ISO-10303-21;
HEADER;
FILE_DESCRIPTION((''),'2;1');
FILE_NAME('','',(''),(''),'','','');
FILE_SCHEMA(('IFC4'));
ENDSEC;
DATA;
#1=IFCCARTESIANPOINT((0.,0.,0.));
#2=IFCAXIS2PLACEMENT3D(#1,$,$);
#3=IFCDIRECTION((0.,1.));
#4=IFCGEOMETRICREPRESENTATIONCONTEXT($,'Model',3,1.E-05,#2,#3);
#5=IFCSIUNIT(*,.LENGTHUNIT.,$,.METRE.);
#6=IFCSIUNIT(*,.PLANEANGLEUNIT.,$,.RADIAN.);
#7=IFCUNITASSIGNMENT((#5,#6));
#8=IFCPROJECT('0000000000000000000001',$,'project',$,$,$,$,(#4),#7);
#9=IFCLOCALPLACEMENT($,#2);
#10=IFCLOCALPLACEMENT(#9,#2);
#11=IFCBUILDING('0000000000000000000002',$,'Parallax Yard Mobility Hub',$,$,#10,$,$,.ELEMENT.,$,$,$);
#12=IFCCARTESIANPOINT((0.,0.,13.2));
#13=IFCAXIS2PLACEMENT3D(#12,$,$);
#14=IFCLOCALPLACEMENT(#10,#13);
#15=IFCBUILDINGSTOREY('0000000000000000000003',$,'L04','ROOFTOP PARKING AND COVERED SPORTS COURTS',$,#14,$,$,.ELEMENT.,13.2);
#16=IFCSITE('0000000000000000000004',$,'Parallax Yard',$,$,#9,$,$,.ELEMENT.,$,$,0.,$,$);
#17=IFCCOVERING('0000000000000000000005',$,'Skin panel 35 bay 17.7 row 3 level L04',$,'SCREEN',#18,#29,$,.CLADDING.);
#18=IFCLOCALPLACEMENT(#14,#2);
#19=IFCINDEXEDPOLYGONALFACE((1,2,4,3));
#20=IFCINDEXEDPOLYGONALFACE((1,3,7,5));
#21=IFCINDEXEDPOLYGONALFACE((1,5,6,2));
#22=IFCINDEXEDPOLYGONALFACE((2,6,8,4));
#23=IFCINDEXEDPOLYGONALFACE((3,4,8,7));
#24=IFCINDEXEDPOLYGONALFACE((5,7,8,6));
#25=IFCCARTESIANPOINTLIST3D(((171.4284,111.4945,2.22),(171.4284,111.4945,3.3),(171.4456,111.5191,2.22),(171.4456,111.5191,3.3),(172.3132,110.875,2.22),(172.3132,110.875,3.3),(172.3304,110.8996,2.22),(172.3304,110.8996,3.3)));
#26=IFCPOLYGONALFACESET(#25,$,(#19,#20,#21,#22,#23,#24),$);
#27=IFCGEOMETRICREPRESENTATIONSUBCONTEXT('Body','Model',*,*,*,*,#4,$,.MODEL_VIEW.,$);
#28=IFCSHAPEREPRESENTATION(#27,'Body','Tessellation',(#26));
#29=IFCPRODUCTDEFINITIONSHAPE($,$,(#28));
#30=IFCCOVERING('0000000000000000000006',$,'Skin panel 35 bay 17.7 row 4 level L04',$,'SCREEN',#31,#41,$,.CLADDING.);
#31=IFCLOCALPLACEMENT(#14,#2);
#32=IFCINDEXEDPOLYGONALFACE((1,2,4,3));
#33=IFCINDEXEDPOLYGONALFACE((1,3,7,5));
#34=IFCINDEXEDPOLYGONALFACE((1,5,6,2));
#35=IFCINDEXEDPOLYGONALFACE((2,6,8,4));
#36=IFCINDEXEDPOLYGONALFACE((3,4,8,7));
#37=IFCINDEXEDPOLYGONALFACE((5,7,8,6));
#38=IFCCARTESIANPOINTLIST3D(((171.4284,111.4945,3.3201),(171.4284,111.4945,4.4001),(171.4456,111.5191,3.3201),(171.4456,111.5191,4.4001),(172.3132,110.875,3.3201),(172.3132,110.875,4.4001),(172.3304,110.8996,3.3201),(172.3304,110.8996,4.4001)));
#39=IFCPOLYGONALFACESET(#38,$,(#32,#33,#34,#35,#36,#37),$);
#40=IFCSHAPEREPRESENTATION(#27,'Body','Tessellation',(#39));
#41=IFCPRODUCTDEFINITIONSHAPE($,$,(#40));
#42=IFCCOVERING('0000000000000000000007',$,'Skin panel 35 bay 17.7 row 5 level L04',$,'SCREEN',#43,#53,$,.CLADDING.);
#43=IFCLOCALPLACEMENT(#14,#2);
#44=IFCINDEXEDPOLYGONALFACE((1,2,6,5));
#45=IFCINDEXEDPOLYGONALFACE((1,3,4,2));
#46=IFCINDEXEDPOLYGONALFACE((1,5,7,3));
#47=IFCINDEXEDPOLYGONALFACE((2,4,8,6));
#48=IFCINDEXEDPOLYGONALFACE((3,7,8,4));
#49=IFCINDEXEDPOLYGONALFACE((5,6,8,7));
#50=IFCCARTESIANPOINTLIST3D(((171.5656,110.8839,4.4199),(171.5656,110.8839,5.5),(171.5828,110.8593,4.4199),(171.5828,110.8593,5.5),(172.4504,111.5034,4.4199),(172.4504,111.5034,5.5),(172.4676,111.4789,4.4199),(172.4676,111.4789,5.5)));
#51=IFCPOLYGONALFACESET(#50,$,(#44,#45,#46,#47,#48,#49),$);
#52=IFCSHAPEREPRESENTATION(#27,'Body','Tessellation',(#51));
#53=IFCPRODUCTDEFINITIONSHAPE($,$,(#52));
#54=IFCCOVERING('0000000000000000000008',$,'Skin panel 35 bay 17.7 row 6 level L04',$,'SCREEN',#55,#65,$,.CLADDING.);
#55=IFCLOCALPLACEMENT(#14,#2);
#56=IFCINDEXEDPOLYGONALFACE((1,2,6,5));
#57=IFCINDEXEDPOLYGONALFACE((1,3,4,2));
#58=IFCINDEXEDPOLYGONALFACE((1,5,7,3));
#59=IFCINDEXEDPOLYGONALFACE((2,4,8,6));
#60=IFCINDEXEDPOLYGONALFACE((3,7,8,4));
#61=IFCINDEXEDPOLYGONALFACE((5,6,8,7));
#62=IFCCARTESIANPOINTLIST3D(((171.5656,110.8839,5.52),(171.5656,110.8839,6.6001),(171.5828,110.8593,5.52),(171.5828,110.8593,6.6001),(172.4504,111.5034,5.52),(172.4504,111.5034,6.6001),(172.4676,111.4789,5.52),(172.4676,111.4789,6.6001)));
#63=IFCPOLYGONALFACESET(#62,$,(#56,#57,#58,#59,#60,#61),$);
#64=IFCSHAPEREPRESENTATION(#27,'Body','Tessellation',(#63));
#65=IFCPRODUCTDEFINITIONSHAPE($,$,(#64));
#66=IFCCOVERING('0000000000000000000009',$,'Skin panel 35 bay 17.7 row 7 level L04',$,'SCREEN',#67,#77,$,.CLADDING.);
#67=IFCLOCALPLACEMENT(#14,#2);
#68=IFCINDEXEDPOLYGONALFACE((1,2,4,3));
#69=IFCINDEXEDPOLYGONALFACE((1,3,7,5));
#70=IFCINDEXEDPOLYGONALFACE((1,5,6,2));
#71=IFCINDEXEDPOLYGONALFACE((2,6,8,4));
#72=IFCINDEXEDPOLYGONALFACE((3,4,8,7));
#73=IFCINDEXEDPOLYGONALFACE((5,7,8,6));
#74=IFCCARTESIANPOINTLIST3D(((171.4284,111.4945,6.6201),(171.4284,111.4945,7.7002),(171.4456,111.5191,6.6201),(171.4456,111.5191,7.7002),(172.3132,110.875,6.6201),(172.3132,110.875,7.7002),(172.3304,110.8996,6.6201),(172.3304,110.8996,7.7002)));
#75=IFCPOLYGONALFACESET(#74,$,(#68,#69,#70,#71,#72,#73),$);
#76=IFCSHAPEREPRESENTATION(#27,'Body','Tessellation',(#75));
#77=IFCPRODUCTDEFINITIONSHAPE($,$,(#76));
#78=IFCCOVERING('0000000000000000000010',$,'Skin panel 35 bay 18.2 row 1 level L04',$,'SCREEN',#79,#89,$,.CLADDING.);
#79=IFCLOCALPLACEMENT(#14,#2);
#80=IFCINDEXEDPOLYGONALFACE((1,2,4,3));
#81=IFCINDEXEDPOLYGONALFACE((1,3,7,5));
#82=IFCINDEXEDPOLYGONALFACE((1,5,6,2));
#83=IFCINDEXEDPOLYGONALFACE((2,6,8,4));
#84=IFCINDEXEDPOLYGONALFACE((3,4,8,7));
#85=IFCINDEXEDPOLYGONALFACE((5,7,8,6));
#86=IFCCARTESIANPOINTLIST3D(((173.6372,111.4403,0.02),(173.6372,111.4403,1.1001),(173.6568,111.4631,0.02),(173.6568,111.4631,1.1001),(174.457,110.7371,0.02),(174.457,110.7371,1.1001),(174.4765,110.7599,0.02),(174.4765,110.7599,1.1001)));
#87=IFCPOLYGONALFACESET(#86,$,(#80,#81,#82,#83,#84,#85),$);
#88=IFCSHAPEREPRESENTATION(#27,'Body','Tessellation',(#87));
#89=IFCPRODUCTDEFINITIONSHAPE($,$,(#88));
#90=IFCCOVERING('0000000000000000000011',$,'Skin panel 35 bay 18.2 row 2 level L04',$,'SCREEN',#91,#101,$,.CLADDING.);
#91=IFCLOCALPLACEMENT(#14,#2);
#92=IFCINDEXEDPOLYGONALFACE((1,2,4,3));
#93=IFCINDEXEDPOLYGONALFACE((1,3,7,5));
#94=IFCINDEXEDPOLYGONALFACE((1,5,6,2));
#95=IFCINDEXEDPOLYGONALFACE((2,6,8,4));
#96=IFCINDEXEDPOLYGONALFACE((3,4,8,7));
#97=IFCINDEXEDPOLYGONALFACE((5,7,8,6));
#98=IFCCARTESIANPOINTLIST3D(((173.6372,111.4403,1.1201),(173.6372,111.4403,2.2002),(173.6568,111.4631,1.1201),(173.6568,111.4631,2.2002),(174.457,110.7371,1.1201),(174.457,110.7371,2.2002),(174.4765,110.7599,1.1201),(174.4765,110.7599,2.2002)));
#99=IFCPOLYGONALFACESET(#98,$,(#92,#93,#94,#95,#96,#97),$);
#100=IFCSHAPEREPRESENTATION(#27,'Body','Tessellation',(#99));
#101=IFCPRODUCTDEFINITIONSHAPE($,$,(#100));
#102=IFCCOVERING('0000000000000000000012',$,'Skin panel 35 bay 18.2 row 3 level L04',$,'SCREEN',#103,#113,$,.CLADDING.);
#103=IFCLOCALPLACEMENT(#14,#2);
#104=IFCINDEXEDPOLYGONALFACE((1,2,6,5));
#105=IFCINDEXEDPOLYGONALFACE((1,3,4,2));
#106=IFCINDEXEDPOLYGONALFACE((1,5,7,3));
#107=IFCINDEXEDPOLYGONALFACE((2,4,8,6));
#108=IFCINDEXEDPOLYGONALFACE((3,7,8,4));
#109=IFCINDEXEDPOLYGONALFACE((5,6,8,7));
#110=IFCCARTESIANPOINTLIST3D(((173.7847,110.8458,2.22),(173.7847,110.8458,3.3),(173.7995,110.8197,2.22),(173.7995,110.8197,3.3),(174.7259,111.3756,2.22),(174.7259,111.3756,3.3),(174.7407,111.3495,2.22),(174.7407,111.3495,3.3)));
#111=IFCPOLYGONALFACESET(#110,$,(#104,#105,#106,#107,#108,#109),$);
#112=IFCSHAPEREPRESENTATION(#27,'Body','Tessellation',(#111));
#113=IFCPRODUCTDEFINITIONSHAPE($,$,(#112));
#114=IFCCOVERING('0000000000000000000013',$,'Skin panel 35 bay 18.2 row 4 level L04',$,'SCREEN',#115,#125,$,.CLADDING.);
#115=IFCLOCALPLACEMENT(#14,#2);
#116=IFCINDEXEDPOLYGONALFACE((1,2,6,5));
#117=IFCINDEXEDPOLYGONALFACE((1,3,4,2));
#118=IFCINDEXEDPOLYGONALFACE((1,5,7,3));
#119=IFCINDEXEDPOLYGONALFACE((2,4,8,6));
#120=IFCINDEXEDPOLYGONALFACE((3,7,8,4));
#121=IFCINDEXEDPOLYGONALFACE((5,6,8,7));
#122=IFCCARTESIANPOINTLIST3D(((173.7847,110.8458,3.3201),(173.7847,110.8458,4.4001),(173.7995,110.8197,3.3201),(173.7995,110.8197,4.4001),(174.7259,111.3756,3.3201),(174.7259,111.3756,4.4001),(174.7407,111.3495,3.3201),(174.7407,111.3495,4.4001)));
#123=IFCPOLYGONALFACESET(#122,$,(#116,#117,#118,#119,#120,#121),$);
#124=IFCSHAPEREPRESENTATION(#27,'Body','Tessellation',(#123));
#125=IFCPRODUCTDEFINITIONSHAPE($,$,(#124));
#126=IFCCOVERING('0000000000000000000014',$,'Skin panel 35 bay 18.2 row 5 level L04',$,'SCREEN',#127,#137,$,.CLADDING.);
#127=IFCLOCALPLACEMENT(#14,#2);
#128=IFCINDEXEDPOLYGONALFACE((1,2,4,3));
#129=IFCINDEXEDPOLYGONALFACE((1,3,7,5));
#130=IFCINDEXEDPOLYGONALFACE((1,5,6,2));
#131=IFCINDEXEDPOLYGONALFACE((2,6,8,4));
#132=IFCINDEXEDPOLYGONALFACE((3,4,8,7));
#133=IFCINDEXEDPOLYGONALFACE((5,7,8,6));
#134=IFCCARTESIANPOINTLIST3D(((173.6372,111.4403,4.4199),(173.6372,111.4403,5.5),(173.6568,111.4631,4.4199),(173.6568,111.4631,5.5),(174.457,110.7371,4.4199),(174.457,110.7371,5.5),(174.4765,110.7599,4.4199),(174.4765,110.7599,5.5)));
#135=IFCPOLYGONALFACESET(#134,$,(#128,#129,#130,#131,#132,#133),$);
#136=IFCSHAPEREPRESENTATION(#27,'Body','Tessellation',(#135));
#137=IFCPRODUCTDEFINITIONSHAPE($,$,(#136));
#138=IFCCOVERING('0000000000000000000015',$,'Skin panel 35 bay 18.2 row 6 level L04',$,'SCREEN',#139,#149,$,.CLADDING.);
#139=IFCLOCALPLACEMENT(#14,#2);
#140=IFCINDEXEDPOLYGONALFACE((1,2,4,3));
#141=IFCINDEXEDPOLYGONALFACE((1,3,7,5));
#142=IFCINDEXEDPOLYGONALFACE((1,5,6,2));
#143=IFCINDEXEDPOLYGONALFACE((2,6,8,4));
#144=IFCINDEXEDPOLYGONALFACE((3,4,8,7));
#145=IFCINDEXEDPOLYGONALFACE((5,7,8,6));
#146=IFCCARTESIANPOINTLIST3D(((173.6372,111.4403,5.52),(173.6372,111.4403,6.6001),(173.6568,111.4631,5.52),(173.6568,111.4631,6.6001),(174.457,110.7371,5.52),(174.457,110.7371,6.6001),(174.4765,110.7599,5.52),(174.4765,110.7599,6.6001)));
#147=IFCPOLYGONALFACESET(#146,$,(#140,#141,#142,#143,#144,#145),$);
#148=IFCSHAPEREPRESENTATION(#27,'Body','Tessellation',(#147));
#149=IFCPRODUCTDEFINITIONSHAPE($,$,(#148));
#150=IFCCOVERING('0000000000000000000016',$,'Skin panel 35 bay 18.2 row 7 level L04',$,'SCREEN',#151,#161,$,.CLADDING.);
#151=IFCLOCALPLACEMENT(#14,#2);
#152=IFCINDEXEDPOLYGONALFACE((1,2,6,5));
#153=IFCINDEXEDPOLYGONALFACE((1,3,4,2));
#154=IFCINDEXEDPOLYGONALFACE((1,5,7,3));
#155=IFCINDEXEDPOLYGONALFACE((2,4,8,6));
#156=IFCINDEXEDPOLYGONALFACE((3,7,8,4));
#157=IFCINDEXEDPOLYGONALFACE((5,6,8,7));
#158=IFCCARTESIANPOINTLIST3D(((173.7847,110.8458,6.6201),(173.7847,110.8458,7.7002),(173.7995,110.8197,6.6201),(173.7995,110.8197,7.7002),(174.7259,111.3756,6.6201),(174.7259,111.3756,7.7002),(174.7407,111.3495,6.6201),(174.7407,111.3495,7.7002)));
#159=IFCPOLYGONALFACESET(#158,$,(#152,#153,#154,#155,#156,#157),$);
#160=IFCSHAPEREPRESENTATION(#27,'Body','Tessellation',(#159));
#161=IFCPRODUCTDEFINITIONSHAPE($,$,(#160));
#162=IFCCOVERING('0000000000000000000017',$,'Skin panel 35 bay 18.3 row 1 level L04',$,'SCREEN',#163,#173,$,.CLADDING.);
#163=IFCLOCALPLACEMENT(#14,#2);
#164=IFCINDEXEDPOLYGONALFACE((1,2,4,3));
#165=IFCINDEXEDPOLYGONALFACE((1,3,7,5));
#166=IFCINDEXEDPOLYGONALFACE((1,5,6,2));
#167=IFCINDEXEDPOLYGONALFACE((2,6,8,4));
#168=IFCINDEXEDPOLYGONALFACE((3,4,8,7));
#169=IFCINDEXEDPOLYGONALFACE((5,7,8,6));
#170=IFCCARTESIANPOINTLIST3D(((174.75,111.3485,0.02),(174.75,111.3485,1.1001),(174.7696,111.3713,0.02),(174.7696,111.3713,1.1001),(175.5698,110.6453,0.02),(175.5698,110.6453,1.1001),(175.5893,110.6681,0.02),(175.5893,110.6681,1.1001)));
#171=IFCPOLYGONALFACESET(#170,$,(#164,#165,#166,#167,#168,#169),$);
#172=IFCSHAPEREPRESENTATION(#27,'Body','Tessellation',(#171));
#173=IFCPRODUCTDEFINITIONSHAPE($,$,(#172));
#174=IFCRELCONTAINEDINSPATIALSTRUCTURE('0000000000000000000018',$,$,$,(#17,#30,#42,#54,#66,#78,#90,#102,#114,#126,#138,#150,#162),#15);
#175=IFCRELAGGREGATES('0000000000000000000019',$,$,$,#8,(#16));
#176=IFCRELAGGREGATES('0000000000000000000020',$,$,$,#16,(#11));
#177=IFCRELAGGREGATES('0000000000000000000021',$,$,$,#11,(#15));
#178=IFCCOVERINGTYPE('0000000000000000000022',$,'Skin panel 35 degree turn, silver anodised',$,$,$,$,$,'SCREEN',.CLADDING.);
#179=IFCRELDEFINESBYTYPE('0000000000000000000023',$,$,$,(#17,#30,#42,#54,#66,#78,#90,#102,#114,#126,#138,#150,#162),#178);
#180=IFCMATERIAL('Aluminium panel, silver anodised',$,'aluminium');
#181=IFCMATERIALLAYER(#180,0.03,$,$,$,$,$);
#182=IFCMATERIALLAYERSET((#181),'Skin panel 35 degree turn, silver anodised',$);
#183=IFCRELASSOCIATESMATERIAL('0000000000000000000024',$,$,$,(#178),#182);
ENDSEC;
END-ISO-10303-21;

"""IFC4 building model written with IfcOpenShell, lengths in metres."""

from ifc_helpers import new_model, si_unit, direction, frame, origin, origin_2d, place, context, subcontext, project, spatial, rectangle, extrude, material, layer, layer_set, type_object, element, save


model = new_model("IFC4")

# Units and contexts
model_context = context("Model", 3, precision=1e-05, world=origin(), true_north=direction((0.0, 1.0)))
body_context = subcontext(model_context, "Body", "Model", "MODEL_VIEW")
ifc_project = project(units=[si_unit("LENGTHUNIT", "METRE"), si_unit("PLANEANGLEUNIT", "RADIAN")], contexts=[model_context])

# Site, building, storey
site_placement = place(None, origin())
site = spatial("IfcSite", under=ifc_project, at=site_placement, Name="Parallax Yard", CompositionType="ELEMENT", RefElevation=0.0)
building_placement = place(site_placement, origin())
building = spatial("IfcBuilding", under=site, at=building_placement, Name="Parallax Yard Mobility Hub", CompositionType="ELEMENT")
storey_placement = place(building_placement, frame((0.0, 0.0, 13.2)))
storey = spatial("IfcBuildingStorey", under=building, at=storey_placement, Name="L04", Description="ROOFTOP PARKING AND COVERED SPORTS COURTS", CompositionType="ELEMENT", Elevation=13.2)

# Coverings
ifc_material = material(Name="Aluminium panel, silver anodised", Category="aluminium")
ifc_layer_1 = layer(ifc_material, 0.03)
ifc_layer_set_1 = layer_set([ifc_layer_1], Name="Skin panel 35 degree turn, silver anodised")
covering_type_1 = type_object("IfcCoveringType", Name="Skin panel 35 degree turn, silver anodised", ElementType="SCREEN", PredefinedType="CLADDING", material=ifc_layer_set_1)
for number, where, z_axis, x_axis, name in (
    (1, (171.8794, 111.197, 2.22), (0.0, 0.0, 1.0), (0.819152, -0.573576, 0.0), "Skin panel 35 bay 17.7 row 3 level L04"),
    (2, (171.8794, 111.197, 3.3201), (0.0, 0.0, 1.0), (0.819152, -0.573576, 0.0), "Skin panel 35 bay 17.7 row 4 level L04"),
    (3, (172.0166, 111.1814, 4.4199), (0.0, 0.0, 1.0), (-0.819152, -0.573576, 0.0), "Skin panel 35 bay 17.7 row 5 level L04"),
    (4, (172.0166, 111.1814, 5.52), (0.0, 0.0, 1.0), (-0.819152, -0.573576, 0.0), "Skin panel 35 bay 17.7 row 6 level L04"),
    (5, (171.8794, 111.197, 6.6201), (0.0, 0.0, 1.0), (0.819152, -0.573576, 0.0), "Skin panel 35 bay 17.7 row 7 level L04"),
    (6, (174.0569, 111.1001, 0.02), (0.0, 0.0, 1.0), (0.758987, -0.651105, 0.0), "Skin panel 35 bay 18.2 row 1 level L04"),
    (7, (174.0569, 111.1001, 1.1201), (0.0, 0.0, 1.0), (0.758987, -0.651105, 0.0), "Skin panel 35 bay 18.2 row 2 level L04"),
    (8, (174.2627, 111.0977, 2.22), (0.0, 0.0, 1.0), (-0.871428, -0.490524, 0.0), "Skin panel 35 bay 18.2 row 3 level L04"),
    (9, (174.2627, 111.0977, 3.3201), (0.0, 0.0, 1.0), (-0.871428, -0.490524, 0.0), "Skin panel 35 bay 18.2 row 4 level L04"),
    (10, (174.0569, 111.1001, 4.4199), (0.0, 0.0, 1.0), (0.758987, -0.651105, 0.0), "Skin panel 35 bay 18.2 row 5 level L04"),
    (11, (174.0569, 111.1001, 5.52), (0.0, 0.0, 1.0), (0.758987, -0.651105, 0.0), "Skin panel 35 bay 18.2 row 6 level L04"),
    (12, (174.2627, 111.0977, 6.6201), (0.0, 0.0, 1.0), (-0.871428, -0.490524, 0.0), "Skin panel 35 bay 18.2 row 7 level L04"),
    (13, (175.1697, 111.0083, 0.02), (0.0, 0.0, 1.0), (0.758987, -0.651105, 0.0), "Skin panel 35 bay 18.3 row 1 level L04"),
):
    element("IfcCovering", number, at=place(storey_placement, frame(where, z_axis=z_axis, x_axis=x_axis)), inside=storey, type_object=covering_type_1, Name=name, ObjectType="SCREEN", PredefinedType="CLADDING", context=body_context, shape_type="SweptSolid", body=[
        extrude(rectangle(XDim=1.0801, YDim=0.03, at=origin_2d()), origin(), (0.0, 0.0, 1.0), 1.0801),
    ])

save(model, "model.ifc")
